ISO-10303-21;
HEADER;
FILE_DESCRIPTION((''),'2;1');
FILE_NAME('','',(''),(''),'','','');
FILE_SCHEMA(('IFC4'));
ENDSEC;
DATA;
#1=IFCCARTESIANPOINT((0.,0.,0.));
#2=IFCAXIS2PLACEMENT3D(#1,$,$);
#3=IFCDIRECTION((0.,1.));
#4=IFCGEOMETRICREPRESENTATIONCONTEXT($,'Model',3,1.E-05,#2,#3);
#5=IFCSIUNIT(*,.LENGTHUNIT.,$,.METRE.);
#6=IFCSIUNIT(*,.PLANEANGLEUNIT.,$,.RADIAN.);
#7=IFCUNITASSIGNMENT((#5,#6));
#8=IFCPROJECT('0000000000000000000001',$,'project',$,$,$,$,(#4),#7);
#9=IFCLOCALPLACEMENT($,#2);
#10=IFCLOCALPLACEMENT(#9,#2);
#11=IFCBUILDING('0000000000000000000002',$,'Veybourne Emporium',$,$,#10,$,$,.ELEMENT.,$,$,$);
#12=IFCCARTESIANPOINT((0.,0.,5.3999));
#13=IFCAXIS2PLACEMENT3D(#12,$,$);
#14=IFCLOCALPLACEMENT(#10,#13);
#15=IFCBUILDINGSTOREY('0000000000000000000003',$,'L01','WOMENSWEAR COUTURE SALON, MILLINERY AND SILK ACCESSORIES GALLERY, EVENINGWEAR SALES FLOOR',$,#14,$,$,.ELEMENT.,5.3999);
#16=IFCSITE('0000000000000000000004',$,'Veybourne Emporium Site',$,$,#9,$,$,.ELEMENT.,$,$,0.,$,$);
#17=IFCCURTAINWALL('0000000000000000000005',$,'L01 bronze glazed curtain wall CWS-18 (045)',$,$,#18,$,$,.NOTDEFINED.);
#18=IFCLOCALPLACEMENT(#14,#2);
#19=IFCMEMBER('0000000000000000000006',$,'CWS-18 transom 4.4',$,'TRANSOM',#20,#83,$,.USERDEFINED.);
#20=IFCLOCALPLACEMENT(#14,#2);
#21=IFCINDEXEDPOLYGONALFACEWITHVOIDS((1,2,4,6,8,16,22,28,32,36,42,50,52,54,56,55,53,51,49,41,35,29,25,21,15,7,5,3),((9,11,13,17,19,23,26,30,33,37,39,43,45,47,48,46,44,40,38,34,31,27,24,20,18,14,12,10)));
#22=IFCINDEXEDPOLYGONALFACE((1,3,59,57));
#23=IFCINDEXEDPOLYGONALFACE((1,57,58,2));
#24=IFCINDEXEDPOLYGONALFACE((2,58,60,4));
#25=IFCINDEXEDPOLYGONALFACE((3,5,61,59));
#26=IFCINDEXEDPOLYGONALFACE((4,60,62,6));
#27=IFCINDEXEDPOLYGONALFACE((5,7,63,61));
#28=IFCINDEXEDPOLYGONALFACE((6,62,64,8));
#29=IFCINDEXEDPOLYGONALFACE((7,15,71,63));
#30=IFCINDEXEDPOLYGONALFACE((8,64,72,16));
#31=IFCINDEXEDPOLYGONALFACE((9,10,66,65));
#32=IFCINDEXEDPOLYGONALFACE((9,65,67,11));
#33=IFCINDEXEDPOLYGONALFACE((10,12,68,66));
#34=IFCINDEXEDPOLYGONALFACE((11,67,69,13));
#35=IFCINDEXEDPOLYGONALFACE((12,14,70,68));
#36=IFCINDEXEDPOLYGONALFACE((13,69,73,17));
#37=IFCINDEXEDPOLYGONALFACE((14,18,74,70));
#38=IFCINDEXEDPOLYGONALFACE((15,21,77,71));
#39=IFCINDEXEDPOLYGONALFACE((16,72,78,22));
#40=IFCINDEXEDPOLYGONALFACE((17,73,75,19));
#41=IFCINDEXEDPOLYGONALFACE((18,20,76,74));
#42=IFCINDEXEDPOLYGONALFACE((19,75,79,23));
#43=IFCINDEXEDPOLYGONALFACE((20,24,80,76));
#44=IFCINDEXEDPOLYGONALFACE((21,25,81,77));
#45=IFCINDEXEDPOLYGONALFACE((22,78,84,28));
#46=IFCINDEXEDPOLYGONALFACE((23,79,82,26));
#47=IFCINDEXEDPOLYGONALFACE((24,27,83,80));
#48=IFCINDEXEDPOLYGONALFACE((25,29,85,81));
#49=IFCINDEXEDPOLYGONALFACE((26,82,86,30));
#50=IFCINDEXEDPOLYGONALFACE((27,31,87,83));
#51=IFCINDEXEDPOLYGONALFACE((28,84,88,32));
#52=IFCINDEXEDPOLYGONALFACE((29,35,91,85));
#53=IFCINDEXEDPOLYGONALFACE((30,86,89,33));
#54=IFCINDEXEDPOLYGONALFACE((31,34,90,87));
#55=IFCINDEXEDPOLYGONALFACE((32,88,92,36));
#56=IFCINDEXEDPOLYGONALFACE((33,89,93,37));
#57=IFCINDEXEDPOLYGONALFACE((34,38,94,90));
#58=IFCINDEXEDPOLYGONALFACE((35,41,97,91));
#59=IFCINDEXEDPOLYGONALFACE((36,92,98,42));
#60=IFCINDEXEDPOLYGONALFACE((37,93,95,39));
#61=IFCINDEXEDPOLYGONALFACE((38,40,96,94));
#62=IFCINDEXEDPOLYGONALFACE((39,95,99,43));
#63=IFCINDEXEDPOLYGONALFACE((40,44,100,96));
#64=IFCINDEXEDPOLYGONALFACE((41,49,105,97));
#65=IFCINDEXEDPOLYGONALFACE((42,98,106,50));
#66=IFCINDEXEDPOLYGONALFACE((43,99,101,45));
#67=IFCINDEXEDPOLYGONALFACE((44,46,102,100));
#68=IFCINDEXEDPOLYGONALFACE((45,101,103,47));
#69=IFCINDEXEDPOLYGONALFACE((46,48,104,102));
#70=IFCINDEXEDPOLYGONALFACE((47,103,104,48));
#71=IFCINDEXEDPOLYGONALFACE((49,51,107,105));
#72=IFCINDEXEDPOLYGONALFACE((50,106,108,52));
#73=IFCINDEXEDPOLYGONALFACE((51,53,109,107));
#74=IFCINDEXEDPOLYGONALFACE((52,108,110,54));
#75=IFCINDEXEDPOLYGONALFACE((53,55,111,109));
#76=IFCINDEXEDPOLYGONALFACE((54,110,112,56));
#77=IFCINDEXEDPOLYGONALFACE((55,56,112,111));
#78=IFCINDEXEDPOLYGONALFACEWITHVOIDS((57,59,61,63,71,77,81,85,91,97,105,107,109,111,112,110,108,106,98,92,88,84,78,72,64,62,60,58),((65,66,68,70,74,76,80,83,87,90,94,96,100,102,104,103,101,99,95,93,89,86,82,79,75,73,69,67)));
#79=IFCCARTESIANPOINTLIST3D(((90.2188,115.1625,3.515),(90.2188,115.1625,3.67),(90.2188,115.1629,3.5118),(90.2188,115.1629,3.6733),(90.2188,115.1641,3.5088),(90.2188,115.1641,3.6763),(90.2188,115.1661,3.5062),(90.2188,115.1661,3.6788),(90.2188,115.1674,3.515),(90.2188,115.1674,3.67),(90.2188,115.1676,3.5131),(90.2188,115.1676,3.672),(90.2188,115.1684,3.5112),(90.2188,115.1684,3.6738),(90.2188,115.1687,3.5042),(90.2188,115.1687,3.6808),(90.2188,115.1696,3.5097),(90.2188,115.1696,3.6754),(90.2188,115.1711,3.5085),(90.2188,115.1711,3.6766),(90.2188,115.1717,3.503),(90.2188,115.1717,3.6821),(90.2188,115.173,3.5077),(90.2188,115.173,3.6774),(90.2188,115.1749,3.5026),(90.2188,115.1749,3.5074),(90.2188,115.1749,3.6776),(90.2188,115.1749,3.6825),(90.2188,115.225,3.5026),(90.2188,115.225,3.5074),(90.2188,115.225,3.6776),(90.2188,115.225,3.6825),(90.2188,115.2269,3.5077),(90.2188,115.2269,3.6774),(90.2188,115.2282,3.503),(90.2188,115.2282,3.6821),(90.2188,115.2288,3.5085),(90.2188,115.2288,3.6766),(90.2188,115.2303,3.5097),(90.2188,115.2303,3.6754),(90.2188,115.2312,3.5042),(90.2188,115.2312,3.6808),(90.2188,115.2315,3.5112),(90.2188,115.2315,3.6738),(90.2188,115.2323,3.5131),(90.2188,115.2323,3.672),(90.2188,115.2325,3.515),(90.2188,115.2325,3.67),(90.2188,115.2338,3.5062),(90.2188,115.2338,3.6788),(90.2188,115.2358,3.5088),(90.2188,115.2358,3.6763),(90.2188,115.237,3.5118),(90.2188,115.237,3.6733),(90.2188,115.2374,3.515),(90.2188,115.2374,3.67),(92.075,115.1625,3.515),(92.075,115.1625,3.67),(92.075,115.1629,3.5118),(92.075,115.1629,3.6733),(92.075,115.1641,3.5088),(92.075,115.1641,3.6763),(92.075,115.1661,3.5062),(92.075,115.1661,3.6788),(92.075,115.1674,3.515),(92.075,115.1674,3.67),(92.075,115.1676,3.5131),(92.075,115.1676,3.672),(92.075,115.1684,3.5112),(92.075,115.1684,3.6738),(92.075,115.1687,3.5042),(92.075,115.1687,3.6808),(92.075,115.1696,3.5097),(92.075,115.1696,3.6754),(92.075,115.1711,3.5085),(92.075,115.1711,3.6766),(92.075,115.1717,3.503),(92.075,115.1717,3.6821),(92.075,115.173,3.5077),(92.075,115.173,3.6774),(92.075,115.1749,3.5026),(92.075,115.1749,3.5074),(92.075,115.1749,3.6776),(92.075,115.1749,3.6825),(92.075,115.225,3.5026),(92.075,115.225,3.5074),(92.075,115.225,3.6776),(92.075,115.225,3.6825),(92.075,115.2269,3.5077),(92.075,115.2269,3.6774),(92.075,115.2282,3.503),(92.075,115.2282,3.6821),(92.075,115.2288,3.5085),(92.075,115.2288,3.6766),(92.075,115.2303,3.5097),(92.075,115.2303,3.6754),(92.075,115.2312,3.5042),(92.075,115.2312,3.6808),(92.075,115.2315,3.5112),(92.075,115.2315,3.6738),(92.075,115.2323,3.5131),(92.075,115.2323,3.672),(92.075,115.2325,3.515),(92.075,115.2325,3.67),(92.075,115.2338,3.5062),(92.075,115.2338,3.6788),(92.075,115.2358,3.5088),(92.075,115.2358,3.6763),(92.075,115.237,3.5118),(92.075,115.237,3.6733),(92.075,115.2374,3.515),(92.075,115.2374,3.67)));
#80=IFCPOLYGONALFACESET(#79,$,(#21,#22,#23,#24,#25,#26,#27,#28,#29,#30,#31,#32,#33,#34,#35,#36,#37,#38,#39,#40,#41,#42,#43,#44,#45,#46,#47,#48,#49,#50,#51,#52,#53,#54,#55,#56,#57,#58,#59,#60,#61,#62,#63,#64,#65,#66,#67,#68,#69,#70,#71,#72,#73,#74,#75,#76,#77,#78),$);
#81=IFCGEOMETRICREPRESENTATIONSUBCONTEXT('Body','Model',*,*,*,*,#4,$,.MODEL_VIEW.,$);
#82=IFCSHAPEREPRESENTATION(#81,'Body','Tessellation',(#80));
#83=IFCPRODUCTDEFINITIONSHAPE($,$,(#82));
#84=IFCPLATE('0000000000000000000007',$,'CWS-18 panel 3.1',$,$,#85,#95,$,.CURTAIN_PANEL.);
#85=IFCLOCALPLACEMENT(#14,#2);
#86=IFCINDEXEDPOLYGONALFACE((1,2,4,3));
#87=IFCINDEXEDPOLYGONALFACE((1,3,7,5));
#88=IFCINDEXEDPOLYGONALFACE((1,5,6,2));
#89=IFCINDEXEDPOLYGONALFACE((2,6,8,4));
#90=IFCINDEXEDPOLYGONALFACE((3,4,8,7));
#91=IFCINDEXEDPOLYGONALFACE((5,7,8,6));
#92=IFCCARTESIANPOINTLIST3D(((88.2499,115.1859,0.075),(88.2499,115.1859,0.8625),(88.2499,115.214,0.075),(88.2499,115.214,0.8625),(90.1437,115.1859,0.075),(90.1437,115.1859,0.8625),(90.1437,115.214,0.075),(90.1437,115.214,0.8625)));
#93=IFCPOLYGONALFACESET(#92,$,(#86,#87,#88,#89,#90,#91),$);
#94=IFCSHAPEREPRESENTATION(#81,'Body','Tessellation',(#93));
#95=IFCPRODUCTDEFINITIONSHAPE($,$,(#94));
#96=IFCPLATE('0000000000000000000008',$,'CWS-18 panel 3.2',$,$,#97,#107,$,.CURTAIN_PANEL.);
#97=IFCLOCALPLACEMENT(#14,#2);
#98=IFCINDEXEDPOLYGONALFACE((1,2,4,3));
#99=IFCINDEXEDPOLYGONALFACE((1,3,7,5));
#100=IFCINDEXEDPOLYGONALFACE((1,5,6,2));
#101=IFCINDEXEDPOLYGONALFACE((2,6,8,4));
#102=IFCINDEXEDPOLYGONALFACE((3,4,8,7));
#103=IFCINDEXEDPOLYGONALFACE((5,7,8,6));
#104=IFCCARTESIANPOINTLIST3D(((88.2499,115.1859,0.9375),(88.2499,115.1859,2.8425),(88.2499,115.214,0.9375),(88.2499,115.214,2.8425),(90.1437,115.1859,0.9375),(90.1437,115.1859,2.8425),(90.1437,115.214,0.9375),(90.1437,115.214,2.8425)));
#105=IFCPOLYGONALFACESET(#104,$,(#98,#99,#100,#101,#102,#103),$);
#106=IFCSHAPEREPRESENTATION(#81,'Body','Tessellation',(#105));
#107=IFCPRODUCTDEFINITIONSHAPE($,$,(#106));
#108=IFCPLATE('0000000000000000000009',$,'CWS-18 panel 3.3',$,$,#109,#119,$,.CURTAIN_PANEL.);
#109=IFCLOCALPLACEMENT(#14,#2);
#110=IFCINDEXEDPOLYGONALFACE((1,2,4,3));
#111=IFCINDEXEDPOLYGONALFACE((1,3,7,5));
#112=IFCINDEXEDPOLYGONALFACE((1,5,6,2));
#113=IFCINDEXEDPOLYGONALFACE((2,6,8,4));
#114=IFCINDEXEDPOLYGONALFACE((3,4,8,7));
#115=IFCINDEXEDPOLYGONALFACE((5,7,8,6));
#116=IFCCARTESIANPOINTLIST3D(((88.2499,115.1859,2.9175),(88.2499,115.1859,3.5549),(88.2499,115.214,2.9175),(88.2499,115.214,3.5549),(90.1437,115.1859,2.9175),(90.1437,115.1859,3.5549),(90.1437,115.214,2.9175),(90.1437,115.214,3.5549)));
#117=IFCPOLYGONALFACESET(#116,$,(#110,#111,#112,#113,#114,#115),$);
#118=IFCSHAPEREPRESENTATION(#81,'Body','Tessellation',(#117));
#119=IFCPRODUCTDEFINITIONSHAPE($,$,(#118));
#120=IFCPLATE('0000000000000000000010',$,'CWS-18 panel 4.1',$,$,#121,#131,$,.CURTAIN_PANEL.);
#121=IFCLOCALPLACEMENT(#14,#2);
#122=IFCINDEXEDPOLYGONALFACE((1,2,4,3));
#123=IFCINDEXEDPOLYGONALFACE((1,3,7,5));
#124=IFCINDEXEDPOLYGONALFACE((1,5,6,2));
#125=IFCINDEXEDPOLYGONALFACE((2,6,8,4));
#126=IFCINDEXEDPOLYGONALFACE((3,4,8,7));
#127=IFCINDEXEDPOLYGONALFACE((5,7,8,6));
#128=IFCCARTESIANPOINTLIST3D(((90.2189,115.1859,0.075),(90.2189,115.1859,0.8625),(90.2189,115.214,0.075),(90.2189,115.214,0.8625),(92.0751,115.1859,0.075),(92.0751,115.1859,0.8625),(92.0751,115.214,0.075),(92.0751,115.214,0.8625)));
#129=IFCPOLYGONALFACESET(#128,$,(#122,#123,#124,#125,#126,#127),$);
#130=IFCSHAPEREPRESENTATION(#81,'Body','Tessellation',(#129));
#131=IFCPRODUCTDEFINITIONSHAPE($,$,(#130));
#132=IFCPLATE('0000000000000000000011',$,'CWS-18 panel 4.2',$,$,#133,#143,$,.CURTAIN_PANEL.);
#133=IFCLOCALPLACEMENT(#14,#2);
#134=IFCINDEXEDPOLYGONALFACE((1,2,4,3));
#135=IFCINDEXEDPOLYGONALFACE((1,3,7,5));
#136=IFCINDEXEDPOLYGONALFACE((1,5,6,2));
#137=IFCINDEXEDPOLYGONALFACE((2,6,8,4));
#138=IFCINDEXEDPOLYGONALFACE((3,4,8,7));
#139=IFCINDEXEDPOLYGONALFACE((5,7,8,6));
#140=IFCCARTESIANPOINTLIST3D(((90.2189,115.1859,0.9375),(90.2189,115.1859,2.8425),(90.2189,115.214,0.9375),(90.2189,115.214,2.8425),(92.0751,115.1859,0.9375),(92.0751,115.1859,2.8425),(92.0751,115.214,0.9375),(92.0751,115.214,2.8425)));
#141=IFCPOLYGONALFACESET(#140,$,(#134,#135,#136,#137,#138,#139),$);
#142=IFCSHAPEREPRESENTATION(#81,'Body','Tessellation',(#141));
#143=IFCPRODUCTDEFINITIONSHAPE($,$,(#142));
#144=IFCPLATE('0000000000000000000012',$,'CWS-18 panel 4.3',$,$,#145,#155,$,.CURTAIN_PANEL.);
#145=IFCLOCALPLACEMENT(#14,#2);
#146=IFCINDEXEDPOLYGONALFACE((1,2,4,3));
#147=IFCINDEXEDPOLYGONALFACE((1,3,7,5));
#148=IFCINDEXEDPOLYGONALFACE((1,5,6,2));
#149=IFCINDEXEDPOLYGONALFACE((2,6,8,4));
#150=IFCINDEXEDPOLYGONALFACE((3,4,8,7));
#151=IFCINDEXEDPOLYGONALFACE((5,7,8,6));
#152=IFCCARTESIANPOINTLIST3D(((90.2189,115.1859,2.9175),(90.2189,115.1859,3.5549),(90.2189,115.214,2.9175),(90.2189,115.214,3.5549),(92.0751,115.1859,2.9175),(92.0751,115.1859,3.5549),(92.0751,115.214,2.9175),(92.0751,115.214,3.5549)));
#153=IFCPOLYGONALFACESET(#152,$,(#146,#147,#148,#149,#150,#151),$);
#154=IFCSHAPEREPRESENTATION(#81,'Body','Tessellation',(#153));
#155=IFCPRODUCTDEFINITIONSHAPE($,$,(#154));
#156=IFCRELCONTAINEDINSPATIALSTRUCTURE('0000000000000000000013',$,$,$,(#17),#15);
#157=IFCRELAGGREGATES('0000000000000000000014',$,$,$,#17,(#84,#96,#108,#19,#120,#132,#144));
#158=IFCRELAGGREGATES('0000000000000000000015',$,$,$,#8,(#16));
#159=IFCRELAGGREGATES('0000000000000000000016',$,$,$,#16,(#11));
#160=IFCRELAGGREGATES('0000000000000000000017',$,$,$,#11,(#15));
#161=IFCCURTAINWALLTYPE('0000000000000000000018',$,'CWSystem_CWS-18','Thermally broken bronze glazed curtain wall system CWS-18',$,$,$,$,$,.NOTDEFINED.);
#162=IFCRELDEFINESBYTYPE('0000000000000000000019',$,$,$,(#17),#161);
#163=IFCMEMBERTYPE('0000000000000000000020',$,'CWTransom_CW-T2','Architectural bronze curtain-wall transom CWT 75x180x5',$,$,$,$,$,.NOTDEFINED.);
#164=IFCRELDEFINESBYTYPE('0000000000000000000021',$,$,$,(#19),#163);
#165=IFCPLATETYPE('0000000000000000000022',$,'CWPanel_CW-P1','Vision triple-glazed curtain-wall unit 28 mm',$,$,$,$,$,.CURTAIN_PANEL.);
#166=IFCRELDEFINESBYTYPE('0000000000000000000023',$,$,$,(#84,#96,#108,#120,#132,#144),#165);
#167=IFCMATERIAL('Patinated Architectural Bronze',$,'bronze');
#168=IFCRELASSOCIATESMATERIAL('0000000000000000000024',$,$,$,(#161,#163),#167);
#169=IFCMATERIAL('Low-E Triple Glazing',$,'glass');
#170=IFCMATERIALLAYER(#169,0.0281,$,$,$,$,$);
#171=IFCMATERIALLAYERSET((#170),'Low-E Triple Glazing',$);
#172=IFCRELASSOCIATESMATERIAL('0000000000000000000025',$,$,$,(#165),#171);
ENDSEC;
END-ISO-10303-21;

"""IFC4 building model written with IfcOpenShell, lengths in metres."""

from ifc_helpers import new_model, si_unit, direction, frame, origin, origin_2d, place, context, subcontext, project, spatial, rectangle, hollow_rectangle, extrude, material, layer, layer_set, material_profile, profile_set, type_object, element, aggregate, save


model = new_model("IFC4")

# Units and contexts
model_context = context("Model", 3, precision=1e-05, world=origin(), true_north=direction((0.0, 1.0)))
body_context = subcontext(model_context, "Body", "Model", "MODEL_VIEW")
ifc_project = project(units=[si_unit("LENGTHUNIT", "METRE"), si_unit("PLANEANGLEUNIT", "RADIAN")], contexts=[model_context])

# Site, building, storey
site_placement = place(None, origin())
site = spatial("IfcSite", under=ifc_project, at=site_placement, Name="Veybourne Emporium Site", CompositionType="ELEMENT", RefElevation=0.0)
building_placement = place(site_placement, origin())
building = spatial("IfcBuilding", under=site, at=building_placement, Name="Veybourne Emporium", CompositionType="ELEMENT")
storey_placement = place(building_placement, frame((0.0, 0.0, 5.3999)))
storey = spatial("IfcBuildingStorey", under=building, at=storey_placement, Name="L01", Description="WOMENSWEAR COUTURE SALON, MILLINERY AND SILK ACCESSORIES GALLERY, EVENINGWEAR SALES FLOOR", CompositionType="ELEMENT", Elevation=5.3999)

# Curtain wall, member, plates
ifc_material_1 = material(Name="Patinated Architectural Bronze", Category="bronze")
curtain_wall_type = type_object("IfcCurtainWallType", Name="CWSystem_CWS-18", Description="Thermally broken bronze glazed curtain wall system CWS-18", PredefinedType="NOTDEFINED", material=ifc_material_1)
curtain_wall_placement = place(storey_placement, origin())
curtain_wall = element("IfcCurtainWall", 1, at=curtain_wall_placement, inside=storey, type_object=curtain_wall_type, Name="L01 bronze glazed curtain wall CWS-18 (045)", PredefinedType="NOTDEFINED")
ifc_material_profile_1 = material_profile(ifc_material_1, hollow_rectangle(XDim=0.075, YDim=0.1799, WallThickness=0.0049, InnerFilletRadius=0.0076, OuterFilletRadius=0.0125, at=origin_2d()), Name="CWT 75x180x5")
ifc_profile_set_1 = profile_set([ifc_material_profile_1], Name="Patinated Architectural Bronze")
member_type_1 = type_object("IfcMemberType", Name="CWTransom_CW-T2", Description="Architectural bronze curtain-wall transom CWT 75x180x5", PredefinedType="NOTDEFINED", material=ifc_profile_set_1)
member_1_placement = place(storey_placement, frame((90.2188, 115.2, 3.5925), z_axis=(1.0, 0.0, 0.0), x_axis=(0.0, 1.0, 0.0)))
member_1 = element("IfcMember", 2, at=member_1_placement, type_object=member_type_1, Name="CWS-18 transom 4.4", ObjectType="TRANSOM", PredefinedType="USERDEFINED", context=body_context, shape_type="SweptSolid", body=[
    extrude(hollow_rectangle(XDim=0.075, YDim=0.1799, WallThickness=0.0049, InnerFilletRadius=0.0076, OuterFilletRadius=0.0125, at=origin_2d()), origin(), (0.0, 0.0, 1.0), 1.8562),
])
ifc_material_2 = material(Name="Low-E Triple Glazing", Category="glass")
ifc_layer_1 = layer(ifc_material_2, 0.0281)
ifc_layer_set_1 = layer_set([ifc_layer_1], Name="Low-E Triple Glazing")
plate_type = type_object("IfcPlateType", Name="CWPanel_CW-P1", Description="Vision triple-glazed curtain-wall unit 28 mm", PredefinedType="CURTAIN_PANEL", material=ifc_layer_set_1)
plate_1_placement = place(storey_placement, frame((89.1968, 115.2, 0.075), z_axis=(0.0, 0.0, 1.0), x_axis=(1.0, 0.0, 0.0)))
plate_1 = element("IfcPlate", 3, at=plate_1_placement, type_object=plate_type, Name="CWS-18 panel 3.1", PredefinedType="CURTAIN_PANEL", context=body_context, shape_type="SweptSolid", body=[
    extrude(rectangle(XDim=1.8938, YDim=0.0281, at=origin_2d()), origin(), (0.0, 0.0, 1.0), 0.7876),
])
plate_2_placement = place(storey_placement, frame((89.1968, 115.2, 0.9375), z_axis=(0.0, 0.0, 1.0), x_axis=(1.0, 0.0, 0.0)))
plate_2 = element("IfcPlate", 4, at=plate_2_placement, type_object=plate_type, Name="CWS-18 panel 3.2", PredefinedType="CURTAIN_PANEL", context=body_context, shape_type="SweptSolid", body=[
    extrude(rectangle(XDim=1.8938, YDim=0.0281, at=origin_2d()), origin(), (0.0, 0.0, 1.0), 1.905),
])
plate_3_placement = place(storey_placement, frame((89.1968, 115.2, 2.9175), z_axis=(0.0, 0.0, 1.0), x_axis=(1.0, 0.0, 0.0)))
plate_3 = element("IfcPlate", 5, at=plate_3_placement, type_object=plate_type, Name="CWS-18 panel 3.3", PredefinedType="CURTAIN_PANEL", context=body_context, shape_type="SweptSolid", body=[
    extrude(rectangle(XDim=1.8938, YDim=0.0281, at=origin_2d()), origin(), (0.0, 0.0, 1.0), 0.6375),
])
plate_4_placement = place(storey_placement, frame((91.147, 115.2, 0.075), z_axis=(0.0, 0.0, 1.0), x_axis=(1.0, 0.0, 0.0)))
plate_4 = element("IfcPlate", 6, at=plate_4_placement, type_object=plate_type, Name="CWS-18 panel 4.1", PredefinedType="CURTAIN_PANEL", context=body_context, shape_type="SweptSolid", body=[
    extrude(rectangle(XDim=1.8562, YDim=0.0281, at=origin_2d()), origin(), (0.0, 0.0, 1.0), 0.7876),
])
plate_5_placement = place(storey_placement, frame((91.147, 115.2, 0.9375), z_axis=(0.0, 0.0, 1.0), x_axis=(1.0, 0.0, 0.0)))
plate_5 = element("IfcPlate", 7, at=plate_5_placement, type_object=plate_type, Name="CWS-18 panel 4.2", PredefinedType="CURTAIN_PANEL", context=body_context, shape_type="SweptSolid", body=[
    extrude(rectangle(XDim=1.8562, YDim=0.0281, at=origin_2d()), origin(), (0.0, 0.0, 1.0), 1.905),
])
plate_6_placement = place(storey_placement, frame((91.147, 115.2, 2.9175), z_axis=(0.0, 0.0, 1.0), x_axis=(1.0, 0.0, 0.0)))
plate_6 = element("IfcPlate", 8, at=plate_6_placement, type_object=plate_type, Name="CWS-18 panel 4.3", PredefinedType="CURTAIN_PANEL", context=body_context, shape_type="SweptSolid", body=[
    extrude(rectangle(XDim=1.8562, YDim=0.0281, at=origin_2d()), origin(), (0.0, 0.0, 1.0), 0.6375),
])
aggregate(curtain_wall, [plate_1, plate_2, plate_3, member_1, plate_4, plate_5, plate_6])

save(model, "model.ifc")
